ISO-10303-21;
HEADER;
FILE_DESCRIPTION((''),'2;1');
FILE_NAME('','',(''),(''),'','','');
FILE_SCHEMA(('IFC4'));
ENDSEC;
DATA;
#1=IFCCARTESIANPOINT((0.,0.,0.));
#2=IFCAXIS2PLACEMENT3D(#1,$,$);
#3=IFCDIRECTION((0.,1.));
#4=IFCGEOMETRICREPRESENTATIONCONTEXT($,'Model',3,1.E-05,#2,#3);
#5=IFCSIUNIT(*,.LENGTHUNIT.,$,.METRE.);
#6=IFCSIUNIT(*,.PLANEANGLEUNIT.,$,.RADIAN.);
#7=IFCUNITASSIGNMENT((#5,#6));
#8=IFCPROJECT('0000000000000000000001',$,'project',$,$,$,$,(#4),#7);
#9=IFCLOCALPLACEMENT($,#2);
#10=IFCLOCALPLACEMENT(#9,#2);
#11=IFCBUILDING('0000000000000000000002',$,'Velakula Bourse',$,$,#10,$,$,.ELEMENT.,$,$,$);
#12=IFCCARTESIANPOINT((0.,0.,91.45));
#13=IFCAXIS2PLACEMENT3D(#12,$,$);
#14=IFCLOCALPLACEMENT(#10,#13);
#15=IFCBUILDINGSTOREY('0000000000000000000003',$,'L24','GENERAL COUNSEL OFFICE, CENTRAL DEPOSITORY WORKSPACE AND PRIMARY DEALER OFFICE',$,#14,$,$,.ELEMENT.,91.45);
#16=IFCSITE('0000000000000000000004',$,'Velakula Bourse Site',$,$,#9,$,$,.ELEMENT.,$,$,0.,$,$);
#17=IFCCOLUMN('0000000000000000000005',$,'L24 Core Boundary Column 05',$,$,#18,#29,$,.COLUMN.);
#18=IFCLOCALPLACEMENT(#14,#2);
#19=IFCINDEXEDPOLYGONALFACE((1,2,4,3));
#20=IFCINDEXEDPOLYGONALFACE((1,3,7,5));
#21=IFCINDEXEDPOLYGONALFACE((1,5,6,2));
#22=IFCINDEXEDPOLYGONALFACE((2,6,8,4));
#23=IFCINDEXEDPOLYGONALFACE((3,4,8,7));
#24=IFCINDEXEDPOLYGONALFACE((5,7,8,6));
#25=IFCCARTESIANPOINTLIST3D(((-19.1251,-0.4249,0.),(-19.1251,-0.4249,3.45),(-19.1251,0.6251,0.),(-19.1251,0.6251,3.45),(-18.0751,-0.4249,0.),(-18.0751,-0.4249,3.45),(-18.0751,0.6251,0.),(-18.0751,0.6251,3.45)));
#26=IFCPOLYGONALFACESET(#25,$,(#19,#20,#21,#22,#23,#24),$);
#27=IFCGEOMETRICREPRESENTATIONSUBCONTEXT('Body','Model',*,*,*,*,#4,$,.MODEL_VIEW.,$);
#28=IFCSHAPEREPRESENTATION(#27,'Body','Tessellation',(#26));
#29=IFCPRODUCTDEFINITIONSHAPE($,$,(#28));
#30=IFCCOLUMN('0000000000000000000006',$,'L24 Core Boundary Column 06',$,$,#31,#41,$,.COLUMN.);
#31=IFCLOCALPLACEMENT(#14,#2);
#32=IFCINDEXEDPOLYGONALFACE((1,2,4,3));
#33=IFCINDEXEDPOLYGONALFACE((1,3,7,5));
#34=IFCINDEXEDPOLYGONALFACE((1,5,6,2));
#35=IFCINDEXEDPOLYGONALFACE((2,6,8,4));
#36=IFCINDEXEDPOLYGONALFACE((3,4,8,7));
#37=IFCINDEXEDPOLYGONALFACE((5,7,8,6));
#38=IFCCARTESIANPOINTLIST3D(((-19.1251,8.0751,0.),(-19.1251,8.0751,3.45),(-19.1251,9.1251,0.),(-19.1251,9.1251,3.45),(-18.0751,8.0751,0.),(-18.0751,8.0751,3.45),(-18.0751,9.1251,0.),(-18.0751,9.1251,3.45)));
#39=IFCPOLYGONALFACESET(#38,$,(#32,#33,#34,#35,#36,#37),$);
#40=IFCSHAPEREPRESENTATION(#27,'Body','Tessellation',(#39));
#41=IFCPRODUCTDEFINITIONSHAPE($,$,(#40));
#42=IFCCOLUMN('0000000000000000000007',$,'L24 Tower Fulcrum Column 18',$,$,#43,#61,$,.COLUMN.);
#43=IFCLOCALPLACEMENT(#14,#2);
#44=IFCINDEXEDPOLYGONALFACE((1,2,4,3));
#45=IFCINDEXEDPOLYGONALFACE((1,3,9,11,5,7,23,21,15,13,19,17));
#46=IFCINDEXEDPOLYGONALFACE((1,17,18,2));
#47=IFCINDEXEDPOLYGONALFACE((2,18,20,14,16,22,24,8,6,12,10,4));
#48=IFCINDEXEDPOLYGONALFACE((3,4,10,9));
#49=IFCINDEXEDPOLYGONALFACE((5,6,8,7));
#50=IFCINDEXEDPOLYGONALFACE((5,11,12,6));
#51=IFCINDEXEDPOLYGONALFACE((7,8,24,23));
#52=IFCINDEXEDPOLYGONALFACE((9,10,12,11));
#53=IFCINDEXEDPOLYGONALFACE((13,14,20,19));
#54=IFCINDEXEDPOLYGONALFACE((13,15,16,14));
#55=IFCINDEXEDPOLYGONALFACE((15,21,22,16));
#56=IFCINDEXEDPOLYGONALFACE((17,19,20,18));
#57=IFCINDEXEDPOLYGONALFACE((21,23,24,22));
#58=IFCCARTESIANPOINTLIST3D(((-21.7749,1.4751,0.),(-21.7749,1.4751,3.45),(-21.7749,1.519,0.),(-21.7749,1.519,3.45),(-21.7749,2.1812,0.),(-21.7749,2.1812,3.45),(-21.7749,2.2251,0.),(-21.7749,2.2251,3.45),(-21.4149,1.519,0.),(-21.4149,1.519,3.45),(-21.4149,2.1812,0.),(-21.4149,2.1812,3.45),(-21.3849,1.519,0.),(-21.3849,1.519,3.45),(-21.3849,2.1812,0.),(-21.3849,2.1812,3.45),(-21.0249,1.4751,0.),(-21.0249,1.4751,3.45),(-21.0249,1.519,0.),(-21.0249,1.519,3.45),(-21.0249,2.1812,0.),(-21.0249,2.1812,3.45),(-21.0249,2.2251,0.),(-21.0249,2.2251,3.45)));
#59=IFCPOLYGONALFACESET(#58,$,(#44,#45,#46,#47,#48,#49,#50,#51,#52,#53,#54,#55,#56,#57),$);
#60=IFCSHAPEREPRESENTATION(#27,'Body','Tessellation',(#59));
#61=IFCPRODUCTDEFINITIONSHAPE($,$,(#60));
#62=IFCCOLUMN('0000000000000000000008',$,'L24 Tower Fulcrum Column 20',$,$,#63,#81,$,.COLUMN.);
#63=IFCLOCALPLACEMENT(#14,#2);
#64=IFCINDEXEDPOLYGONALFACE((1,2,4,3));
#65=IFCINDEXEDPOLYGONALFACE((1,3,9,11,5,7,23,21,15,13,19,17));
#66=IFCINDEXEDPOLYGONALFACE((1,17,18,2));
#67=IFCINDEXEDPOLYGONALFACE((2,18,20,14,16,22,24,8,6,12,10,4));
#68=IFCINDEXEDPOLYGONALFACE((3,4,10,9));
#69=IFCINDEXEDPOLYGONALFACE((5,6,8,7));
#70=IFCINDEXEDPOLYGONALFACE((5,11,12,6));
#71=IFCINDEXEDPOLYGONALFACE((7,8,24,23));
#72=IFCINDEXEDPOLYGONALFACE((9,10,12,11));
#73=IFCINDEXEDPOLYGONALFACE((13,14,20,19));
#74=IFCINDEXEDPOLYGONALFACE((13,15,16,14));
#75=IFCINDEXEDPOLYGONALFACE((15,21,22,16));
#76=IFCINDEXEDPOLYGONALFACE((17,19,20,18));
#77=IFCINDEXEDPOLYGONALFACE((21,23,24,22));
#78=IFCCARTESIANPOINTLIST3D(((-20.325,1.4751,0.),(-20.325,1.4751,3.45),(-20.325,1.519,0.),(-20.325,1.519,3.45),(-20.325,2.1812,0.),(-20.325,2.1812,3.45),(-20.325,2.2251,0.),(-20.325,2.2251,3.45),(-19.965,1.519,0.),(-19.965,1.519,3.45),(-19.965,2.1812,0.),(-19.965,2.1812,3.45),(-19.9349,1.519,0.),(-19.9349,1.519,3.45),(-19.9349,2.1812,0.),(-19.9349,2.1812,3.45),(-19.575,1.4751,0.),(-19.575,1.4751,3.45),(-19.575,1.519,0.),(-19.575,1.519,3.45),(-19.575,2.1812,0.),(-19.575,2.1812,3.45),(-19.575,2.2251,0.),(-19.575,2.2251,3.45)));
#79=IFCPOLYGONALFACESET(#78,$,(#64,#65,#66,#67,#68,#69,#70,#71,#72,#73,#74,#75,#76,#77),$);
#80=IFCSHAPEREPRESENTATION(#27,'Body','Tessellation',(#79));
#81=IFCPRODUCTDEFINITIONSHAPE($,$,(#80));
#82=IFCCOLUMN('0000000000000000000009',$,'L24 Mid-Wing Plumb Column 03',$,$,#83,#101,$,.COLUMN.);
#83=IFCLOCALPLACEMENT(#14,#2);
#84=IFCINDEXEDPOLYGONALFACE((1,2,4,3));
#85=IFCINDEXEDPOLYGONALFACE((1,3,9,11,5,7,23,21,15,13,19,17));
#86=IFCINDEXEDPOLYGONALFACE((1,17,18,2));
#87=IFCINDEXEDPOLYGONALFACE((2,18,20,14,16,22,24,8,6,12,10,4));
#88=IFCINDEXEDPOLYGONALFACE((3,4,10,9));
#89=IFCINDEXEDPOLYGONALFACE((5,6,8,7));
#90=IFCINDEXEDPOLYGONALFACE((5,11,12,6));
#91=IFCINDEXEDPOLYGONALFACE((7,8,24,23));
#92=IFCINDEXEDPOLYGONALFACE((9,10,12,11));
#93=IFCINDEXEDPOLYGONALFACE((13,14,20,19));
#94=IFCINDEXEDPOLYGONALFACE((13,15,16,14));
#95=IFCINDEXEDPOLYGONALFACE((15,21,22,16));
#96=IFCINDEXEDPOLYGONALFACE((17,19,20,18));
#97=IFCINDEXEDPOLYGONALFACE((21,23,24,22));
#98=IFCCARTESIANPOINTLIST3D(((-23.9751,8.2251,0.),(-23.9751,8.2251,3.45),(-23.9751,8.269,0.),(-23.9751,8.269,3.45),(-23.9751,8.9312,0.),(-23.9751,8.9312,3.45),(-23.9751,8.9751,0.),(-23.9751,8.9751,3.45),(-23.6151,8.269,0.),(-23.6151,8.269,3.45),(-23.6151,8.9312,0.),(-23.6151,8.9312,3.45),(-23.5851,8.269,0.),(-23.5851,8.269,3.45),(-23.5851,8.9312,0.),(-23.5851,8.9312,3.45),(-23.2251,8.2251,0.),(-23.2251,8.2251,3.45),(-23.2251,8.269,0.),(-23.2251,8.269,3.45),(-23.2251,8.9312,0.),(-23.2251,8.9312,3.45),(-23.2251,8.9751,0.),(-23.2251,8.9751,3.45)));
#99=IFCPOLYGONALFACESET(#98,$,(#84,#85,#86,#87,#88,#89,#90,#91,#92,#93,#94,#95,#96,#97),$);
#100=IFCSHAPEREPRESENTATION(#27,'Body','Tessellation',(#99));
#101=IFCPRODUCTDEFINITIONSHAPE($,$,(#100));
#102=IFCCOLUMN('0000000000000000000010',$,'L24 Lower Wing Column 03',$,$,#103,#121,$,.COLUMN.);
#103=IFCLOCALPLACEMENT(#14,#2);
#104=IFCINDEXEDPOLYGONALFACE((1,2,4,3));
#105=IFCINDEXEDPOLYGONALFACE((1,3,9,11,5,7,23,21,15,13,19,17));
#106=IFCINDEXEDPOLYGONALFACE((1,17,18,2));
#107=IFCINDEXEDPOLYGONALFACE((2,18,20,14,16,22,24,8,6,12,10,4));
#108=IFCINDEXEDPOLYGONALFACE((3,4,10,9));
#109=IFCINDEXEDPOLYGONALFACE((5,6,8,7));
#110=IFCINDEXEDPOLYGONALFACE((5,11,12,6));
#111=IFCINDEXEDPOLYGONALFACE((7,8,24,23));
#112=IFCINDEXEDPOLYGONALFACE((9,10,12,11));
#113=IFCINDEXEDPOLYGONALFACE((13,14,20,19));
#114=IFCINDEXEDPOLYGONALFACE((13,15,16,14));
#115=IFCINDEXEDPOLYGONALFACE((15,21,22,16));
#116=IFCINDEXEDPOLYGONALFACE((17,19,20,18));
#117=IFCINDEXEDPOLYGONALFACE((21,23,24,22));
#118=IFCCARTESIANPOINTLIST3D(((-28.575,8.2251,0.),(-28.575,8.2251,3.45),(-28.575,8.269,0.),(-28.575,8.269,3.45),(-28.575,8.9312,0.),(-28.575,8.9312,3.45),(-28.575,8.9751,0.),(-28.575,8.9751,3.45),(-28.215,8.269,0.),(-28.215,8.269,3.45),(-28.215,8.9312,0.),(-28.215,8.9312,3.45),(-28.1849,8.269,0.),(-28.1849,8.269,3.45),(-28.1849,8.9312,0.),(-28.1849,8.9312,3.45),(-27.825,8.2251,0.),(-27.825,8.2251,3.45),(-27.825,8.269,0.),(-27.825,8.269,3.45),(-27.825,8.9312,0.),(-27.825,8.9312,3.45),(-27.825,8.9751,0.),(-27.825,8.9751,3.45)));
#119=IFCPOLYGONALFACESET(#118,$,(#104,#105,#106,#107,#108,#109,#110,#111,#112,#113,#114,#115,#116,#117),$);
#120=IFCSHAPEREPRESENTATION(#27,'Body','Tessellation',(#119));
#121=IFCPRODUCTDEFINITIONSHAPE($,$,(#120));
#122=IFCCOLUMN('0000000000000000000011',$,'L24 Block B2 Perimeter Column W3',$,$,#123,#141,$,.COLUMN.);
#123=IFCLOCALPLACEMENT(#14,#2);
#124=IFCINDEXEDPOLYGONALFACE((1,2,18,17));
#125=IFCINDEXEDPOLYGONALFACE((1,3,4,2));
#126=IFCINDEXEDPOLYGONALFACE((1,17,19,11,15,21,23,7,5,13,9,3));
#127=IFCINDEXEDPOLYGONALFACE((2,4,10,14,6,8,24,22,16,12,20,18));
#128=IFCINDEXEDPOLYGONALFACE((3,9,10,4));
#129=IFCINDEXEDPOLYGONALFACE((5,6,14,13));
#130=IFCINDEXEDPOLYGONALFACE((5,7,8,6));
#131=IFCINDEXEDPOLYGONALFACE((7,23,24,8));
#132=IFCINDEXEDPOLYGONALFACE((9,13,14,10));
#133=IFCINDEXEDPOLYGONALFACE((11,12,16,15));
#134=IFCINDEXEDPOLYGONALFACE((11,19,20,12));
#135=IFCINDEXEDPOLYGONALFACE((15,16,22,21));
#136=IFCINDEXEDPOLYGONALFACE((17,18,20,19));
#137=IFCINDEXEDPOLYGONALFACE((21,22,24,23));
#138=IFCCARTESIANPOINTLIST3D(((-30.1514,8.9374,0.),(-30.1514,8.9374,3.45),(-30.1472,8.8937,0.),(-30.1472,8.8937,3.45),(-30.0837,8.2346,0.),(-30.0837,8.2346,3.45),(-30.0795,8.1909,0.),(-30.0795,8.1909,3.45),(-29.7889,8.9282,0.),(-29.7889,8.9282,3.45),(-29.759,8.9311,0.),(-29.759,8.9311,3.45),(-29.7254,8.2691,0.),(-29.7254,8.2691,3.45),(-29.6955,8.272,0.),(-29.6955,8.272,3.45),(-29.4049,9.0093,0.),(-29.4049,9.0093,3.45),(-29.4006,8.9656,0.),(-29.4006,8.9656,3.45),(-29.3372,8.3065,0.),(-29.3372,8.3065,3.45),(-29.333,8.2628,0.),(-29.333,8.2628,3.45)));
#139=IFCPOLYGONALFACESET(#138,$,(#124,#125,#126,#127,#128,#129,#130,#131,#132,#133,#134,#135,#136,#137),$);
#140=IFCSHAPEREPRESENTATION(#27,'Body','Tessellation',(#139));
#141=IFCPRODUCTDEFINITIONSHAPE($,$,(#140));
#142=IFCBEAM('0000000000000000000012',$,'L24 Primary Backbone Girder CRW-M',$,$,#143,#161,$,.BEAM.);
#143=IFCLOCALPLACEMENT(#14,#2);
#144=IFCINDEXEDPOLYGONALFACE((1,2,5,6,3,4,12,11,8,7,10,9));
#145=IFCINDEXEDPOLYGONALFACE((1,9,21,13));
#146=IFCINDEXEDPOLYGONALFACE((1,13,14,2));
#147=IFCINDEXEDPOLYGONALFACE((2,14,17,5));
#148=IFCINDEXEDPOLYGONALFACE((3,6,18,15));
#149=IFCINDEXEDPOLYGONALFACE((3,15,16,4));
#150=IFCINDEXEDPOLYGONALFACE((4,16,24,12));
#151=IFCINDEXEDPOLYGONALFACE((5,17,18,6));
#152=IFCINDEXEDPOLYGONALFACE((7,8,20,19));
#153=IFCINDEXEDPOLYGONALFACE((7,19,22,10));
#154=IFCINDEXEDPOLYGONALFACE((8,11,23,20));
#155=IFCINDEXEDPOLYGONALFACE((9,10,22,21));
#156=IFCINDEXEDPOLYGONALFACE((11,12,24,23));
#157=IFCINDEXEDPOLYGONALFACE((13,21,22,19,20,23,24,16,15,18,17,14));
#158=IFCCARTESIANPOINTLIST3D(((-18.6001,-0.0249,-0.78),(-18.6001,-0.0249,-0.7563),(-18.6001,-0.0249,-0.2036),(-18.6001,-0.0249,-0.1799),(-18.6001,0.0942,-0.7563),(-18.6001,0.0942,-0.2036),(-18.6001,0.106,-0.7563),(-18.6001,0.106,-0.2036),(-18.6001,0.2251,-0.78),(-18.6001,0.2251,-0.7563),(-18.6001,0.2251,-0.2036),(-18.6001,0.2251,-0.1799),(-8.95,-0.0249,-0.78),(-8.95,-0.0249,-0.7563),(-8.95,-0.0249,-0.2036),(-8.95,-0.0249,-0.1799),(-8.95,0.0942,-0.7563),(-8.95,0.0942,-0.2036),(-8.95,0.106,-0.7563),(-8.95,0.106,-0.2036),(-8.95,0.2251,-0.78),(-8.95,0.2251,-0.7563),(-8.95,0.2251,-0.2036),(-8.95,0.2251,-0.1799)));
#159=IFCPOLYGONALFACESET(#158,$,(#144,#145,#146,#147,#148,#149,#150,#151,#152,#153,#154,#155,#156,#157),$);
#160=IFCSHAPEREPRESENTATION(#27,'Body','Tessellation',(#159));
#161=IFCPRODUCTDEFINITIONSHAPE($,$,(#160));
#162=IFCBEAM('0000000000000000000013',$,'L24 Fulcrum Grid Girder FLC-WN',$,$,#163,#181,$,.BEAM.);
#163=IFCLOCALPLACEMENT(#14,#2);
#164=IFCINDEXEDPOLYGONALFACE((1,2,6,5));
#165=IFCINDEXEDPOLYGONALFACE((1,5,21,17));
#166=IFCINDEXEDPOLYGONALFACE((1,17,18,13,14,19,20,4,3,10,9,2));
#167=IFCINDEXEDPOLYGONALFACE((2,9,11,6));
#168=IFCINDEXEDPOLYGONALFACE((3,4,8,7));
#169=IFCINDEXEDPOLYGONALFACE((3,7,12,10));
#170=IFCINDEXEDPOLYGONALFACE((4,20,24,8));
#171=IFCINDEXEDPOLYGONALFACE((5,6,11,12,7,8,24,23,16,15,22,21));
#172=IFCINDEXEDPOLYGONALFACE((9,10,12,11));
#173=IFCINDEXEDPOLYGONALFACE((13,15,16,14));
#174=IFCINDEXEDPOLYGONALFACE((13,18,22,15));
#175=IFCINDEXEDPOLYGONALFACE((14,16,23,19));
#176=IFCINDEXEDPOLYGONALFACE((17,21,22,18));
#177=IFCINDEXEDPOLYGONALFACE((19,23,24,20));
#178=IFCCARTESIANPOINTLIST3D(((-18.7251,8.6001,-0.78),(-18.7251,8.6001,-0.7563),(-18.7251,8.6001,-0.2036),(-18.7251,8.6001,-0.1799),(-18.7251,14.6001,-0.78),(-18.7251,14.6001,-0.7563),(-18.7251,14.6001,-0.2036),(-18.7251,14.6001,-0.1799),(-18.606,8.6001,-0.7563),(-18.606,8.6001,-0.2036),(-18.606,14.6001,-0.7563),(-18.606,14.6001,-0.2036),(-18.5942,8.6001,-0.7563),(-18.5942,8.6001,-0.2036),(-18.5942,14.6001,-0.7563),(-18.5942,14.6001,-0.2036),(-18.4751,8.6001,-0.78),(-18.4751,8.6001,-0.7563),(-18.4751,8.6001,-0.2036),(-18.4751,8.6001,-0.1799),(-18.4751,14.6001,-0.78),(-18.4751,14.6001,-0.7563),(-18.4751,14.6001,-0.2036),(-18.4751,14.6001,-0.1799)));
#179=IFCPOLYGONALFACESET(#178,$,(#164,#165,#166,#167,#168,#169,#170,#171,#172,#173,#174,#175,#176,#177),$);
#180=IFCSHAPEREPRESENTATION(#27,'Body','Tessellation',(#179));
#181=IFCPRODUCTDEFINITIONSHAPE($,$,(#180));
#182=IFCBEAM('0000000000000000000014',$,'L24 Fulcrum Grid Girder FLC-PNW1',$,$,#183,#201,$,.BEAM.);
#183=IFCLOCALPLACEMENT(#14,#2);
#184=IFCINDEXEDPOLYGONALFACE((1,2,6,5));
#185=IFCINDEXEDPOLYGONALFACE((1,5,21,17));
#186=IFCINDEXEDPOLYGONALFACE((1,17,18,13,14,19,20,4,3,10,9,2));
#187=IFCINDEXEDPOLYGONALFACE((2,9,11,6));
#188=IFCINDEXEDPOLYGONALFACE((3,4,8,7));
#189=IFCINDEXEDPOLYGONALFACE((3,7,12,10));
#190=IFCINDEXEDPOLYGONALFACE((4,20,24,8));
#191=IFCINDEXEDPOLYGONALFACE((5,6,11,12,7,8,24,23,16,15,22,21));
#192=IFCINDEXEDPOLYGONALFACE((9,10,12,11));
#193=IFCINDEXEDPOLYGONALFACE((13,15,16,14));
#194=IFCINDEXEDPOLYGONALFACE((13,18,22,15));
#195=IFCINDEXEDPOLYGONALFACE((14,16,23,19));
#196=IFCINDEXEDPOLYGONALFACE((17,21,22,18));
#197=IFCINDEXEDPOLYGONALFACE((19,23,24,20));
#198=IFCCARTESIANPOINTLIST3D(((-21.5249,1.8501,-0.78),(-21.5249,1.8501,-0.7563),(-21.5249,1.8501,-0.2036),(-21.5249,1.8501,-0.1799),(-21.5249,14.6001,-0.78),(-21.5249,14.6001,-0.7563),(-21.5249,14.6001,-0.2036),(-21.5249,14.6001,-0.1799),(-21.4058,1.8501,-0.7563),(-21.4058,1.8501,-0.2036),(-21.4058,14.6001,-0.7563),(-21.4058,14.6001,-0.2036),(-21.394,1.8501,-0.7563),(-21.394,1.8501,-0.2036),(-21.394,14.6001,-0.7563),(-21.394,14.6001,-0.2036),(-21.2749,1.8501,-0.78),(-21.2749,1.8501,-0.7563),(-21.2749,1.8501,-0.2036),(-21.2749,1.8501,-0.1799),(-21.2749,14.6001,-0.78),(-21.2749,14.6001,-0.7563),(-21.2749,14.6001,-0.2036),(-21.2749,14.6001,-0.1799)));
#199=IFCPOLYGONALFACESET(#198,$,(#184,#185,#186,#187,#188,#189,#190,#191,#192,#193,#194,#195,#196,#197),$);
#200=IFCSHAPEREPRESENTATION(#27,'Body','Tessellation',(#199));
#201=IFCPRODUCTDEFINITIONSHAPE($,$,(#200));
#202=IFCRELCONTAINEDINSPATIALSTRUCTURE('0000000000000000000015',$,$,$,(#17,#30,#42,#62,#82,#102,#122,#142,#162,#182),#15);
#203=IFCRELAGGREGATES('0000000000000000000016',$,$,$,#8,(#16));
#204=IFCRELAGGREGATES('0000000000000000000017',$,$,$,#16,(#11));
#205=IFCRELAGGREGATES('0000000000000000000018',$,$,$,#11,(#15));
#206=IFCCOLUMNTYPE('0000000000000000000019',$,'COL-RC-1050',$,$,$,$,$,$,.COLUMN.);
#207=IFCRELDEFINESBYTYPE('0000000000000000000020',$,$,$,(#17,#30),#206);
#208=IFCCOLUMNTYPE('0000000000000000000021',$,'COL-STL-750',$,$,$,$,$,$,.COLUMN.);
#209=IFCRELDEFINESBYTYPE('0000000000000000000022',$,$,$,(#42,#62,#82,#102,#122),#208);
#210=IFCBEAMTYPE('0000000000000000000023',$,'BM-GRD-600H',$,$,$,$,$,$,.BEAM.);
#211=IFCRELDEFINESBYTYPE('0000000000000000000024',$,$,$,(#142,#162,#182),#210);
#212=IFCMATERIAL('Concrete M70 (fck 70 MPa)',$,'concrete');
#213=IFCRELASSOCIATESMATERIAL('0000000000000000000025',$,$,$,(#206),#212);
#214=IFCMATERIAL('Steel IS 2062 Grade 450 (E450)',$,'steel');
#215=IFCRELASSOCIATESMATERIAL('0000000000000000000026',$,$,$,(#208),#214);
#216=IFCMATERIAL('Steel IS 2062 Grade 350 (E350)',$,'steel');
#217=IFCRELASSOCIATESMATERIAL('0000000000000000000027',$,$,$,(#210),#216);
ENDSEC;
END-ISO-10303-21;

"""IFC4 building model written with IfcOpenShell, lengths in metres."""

from ifc_helpers import new_model, si_unit, direction, frame, origin, origin_2d, place, context, subcontext, project, spatial, rectangle, i_section, extrude, material, material_profile, profile_set, type_object, element, save


model = new_model("IFC4")

# Units and contexts
model_context = context("Model", 3, precision=1e-05, world=origin(), true_north=direction((0.0, 1.0)))
body_context = subcontext(model_context, "Body", "Model", "MODEL_VIEW")
ifc_project = project(units=[si_unit("LENGTHUNIT", "METRE"), si_unit("PLANEANGLEUNIT", "RADIAN")], contexts=[model_context])

# Site, building, storey
site_placement = place(None, origin())
site = spatial("IfcSite", under=ifc_project, at=site_placement, Name="Velakula Bourse Site", CompositionType="ELEMENT", RefElevation=0.0)
building_placement = place(site_placement, origin())
building = spatial("IfcBuilding", under=site, at=building_placement, Name="Velakula Bourse", CompositionType="ELEMENT")
storey_placement = place(building_placement, frame((0.0, 0.0, 91.45)))
storey = spatial("IfcBuildingStorey", under=building, at=storey_placement, Name="L24", Description="GENERAL COUNSEL OFFICE, CENTRAL DEPOSITORY WORKSPACE AND PRIMARY DEALER OFFICE", CompositionType="ELEMENT", Elevation=91.45)

# Columns
ifc_material_1 = material(Name="Concrete M70 (fck 70 MPa)", Category="concrete")
ifc_material_profile_1 = material_profile(ifc_material_1, rectangle(XDim=1.05, YDim=1.05, at=origin_2d()), Name="Concrete M70 (fck 70 MPa)")
ifc_profile_set_1 = profile_set([ifc_material_profile_1], Name="Concrete M70 (fck 70 MPa)")
column_type_1 = type_object("IfcColumnType", Name="COL-RC-1050", PredefinedType="COLUMN", material=ifc_profile_set_1)
for number, where, z_axis, x_axis, name in (
    (1, (-18.6001, 0.1001, 0.0), (0.0, 0.0, 1.0), (1.0, 0.0, 0.0), "L24 Core Boundary Column 05"),
    (2, (-18.6001, 8.6001, 0.0), (0.0, 0.0, 1.0), (1.0, 0.0, 0.0), "L24 Core Boundary Column 06"),
):
    element("IfcColumn", number, at=place(storey_placement, frame(where, z_axis=z_axis, x_axis=x_axis)), inside=storey, type_object=column_type_1, Name=name, PredefinedType="COLUMN", context=body_context, shape_type="SweptSolid", body=[
        extrude(rectangle(XDim=1.05, YDim=1.05, at=origin_2d()), origin(), (0.0, 0.0, 1.0), 3.45),
    ])
ifc_material_2 = material(Name="Steel IS 2062 Grade 450 (E450)", Category="steel")
ifc_material_profile_2 = material_profile(ifc_material_2, i_section(OverallWidth=0.75, OverallDepth=0.75, WebThickness=0.03, FlangeThickness=0.0439, at=origin_2d()), Name="Steel IS 2062 Grade 450 (E450)")
ifc_profile_set_2 = profile_set([ifc_material_profile_2], Name="Steel IS 2062 Grade 450 (E450)")
column_type_2 = type_object("IfcColumnType", Name="COL-STL-750", PredefinedType="COLUMN", material=ifc_profile_set_2)
for number, where, z_axis, x_axis, name in (
    (3, (-21.3999, 1.8501, 0.0), (0.0, 0.0, 1.0), (1.0, 0.0, 0.0), "L24 Tower Fulcrum Column 18"),
    (4, (-19.95, 1.8501, 0.0), (0.0, 0.0, 1.0), (1.0, 0.0, 0.0), "L24 Tower Fulcrum Column 20"),
    (5, (-23.6001, 8.6001, 0.0), (0.0, 0.0, 1.0), (1.0, 0.0, 0.0), "L24 Mid-Wing Plumb Column 03"),
    (6, (-28.2, 8.6001, 0.0), (0.0, 0.0, 1.0), (1.0, 0.0, 0.0), "L24 Lower Wing Column 03"),
    (7, (-29.7422, 8.6001, 0.0), (0.0, 0.0, 1.0), (0.995396, 0.095846, 0.0), "L24 Block B2 Perimeter Column W3"),
):
    element("IfcColumn", number, at=place(storey_placement, frame(where, z_axis=z_axis, x_axis=x_axis)), inside=storey, type_object=column_type_2, Name=name, PredefinedType="COLUMN", context=body_context, shape_type="SweptSolid", body=[
        extrude(i_section(OverallWidth=0.75, OverallDepth=0.75, WebThickness=0.03, FlangeThickness=0.0439, at=origin_2d()), origin(), (0.0, 0.0, 1.0), 3.45),
    ])

# Beams
ifc_material_3 = material(Name="Steel IS 2062 Grade 350 (E350)", Category="steel")
ifc_material_profile_3 = material_profile(ifc_material_3, i_section(OverallWidth=0.25, OverallDepth=0.6001, WebThickness=0.0117, FlangeThickness=0.0237, at=origin_2d()), Name="Steel IS 2062 Grade 350 (E350)")
ifc_profile_set_3 = profile_set([ifc_material_profile_3], Name="Steel IS 2062 Grade 350 (E350)")
beam_type_1 = type_object("IfcBeamType", Name="BM-GRD-600H", PredefinedType="BEAM", material=ifc_profile_set_3)
beam_1_placement = place(storey_placement, frame((-18.6001, 0.1001, -0.48), z_axis=(1.0, 0.0, 0.0), x_axis=(0.0, 1.0, 0.0)))
element("IfcBeam", 8, at=beam_1_placement, inside=storey, type_object=beam_type_1, Name="L24 Primary Backbone Girder CRW-M", PredefinedType="BEAM", context=body_context, shape_type="SweptSolid", body=[
    extrude(i_section(OverallWidth=0.25, OverallDepth=0.6001, WebThickness=0.0117, FlangeThickness=0.0237, at=origin_2d()), origin(), (0.0, 0.0, 1.0), 9.6501),
])
beam_2_placement = place(storey_placement, frame((-18.6001, 8.6001, -0.48), z_axis=(0.0, 1.0, 0.0), x_axis=(-1.0, 0.0, 0.0)))
element("IfcBeam", 9, at=beam_2_placement, inside=storey, type_object=beam_type_1, Name="L24 Fulcrum Grid Girder FLC-WN", PredefinedType="BEAM", context=body_context, shape_type="SweptSolid", body=[
    extrude(i_section(OverallWidth=0.25, OverallDepth=0.6001, WebThickness=0.0117, FlangeThickness=0.0237, at=origin_2d()), origin(), (0.0, 0.0, 1.0), 6.0),
])
for number, where, z_axis, x_axis, name in (
    (10, (-21.3999, 1.8501, -0.48), (0.0, 1.0, 0.0), (-1.0, 0.0, 0.0), "L24 Fulcrum Grid Girder FLC-PNW1"),
):
    element("IfcBeam", number, at=place(storey_placement, frame(where, z_axis=z_axis, x_axis=x_axis)), inside=storey, type_object=beam_type_1, Name=name, PredefinedType="BEAM", context=body_context, shape_type="SweptSolid", body=[
        extrude(i_section(OverallWidth=0.25, OverallDepth=0.6001, WebThickness=0.0117, FlangeThickness=0.0237, at=origin_2d()), origin(), (0.0, 0.0, 1.0), 12.75),
    ])

save(model, "model.ifc")
